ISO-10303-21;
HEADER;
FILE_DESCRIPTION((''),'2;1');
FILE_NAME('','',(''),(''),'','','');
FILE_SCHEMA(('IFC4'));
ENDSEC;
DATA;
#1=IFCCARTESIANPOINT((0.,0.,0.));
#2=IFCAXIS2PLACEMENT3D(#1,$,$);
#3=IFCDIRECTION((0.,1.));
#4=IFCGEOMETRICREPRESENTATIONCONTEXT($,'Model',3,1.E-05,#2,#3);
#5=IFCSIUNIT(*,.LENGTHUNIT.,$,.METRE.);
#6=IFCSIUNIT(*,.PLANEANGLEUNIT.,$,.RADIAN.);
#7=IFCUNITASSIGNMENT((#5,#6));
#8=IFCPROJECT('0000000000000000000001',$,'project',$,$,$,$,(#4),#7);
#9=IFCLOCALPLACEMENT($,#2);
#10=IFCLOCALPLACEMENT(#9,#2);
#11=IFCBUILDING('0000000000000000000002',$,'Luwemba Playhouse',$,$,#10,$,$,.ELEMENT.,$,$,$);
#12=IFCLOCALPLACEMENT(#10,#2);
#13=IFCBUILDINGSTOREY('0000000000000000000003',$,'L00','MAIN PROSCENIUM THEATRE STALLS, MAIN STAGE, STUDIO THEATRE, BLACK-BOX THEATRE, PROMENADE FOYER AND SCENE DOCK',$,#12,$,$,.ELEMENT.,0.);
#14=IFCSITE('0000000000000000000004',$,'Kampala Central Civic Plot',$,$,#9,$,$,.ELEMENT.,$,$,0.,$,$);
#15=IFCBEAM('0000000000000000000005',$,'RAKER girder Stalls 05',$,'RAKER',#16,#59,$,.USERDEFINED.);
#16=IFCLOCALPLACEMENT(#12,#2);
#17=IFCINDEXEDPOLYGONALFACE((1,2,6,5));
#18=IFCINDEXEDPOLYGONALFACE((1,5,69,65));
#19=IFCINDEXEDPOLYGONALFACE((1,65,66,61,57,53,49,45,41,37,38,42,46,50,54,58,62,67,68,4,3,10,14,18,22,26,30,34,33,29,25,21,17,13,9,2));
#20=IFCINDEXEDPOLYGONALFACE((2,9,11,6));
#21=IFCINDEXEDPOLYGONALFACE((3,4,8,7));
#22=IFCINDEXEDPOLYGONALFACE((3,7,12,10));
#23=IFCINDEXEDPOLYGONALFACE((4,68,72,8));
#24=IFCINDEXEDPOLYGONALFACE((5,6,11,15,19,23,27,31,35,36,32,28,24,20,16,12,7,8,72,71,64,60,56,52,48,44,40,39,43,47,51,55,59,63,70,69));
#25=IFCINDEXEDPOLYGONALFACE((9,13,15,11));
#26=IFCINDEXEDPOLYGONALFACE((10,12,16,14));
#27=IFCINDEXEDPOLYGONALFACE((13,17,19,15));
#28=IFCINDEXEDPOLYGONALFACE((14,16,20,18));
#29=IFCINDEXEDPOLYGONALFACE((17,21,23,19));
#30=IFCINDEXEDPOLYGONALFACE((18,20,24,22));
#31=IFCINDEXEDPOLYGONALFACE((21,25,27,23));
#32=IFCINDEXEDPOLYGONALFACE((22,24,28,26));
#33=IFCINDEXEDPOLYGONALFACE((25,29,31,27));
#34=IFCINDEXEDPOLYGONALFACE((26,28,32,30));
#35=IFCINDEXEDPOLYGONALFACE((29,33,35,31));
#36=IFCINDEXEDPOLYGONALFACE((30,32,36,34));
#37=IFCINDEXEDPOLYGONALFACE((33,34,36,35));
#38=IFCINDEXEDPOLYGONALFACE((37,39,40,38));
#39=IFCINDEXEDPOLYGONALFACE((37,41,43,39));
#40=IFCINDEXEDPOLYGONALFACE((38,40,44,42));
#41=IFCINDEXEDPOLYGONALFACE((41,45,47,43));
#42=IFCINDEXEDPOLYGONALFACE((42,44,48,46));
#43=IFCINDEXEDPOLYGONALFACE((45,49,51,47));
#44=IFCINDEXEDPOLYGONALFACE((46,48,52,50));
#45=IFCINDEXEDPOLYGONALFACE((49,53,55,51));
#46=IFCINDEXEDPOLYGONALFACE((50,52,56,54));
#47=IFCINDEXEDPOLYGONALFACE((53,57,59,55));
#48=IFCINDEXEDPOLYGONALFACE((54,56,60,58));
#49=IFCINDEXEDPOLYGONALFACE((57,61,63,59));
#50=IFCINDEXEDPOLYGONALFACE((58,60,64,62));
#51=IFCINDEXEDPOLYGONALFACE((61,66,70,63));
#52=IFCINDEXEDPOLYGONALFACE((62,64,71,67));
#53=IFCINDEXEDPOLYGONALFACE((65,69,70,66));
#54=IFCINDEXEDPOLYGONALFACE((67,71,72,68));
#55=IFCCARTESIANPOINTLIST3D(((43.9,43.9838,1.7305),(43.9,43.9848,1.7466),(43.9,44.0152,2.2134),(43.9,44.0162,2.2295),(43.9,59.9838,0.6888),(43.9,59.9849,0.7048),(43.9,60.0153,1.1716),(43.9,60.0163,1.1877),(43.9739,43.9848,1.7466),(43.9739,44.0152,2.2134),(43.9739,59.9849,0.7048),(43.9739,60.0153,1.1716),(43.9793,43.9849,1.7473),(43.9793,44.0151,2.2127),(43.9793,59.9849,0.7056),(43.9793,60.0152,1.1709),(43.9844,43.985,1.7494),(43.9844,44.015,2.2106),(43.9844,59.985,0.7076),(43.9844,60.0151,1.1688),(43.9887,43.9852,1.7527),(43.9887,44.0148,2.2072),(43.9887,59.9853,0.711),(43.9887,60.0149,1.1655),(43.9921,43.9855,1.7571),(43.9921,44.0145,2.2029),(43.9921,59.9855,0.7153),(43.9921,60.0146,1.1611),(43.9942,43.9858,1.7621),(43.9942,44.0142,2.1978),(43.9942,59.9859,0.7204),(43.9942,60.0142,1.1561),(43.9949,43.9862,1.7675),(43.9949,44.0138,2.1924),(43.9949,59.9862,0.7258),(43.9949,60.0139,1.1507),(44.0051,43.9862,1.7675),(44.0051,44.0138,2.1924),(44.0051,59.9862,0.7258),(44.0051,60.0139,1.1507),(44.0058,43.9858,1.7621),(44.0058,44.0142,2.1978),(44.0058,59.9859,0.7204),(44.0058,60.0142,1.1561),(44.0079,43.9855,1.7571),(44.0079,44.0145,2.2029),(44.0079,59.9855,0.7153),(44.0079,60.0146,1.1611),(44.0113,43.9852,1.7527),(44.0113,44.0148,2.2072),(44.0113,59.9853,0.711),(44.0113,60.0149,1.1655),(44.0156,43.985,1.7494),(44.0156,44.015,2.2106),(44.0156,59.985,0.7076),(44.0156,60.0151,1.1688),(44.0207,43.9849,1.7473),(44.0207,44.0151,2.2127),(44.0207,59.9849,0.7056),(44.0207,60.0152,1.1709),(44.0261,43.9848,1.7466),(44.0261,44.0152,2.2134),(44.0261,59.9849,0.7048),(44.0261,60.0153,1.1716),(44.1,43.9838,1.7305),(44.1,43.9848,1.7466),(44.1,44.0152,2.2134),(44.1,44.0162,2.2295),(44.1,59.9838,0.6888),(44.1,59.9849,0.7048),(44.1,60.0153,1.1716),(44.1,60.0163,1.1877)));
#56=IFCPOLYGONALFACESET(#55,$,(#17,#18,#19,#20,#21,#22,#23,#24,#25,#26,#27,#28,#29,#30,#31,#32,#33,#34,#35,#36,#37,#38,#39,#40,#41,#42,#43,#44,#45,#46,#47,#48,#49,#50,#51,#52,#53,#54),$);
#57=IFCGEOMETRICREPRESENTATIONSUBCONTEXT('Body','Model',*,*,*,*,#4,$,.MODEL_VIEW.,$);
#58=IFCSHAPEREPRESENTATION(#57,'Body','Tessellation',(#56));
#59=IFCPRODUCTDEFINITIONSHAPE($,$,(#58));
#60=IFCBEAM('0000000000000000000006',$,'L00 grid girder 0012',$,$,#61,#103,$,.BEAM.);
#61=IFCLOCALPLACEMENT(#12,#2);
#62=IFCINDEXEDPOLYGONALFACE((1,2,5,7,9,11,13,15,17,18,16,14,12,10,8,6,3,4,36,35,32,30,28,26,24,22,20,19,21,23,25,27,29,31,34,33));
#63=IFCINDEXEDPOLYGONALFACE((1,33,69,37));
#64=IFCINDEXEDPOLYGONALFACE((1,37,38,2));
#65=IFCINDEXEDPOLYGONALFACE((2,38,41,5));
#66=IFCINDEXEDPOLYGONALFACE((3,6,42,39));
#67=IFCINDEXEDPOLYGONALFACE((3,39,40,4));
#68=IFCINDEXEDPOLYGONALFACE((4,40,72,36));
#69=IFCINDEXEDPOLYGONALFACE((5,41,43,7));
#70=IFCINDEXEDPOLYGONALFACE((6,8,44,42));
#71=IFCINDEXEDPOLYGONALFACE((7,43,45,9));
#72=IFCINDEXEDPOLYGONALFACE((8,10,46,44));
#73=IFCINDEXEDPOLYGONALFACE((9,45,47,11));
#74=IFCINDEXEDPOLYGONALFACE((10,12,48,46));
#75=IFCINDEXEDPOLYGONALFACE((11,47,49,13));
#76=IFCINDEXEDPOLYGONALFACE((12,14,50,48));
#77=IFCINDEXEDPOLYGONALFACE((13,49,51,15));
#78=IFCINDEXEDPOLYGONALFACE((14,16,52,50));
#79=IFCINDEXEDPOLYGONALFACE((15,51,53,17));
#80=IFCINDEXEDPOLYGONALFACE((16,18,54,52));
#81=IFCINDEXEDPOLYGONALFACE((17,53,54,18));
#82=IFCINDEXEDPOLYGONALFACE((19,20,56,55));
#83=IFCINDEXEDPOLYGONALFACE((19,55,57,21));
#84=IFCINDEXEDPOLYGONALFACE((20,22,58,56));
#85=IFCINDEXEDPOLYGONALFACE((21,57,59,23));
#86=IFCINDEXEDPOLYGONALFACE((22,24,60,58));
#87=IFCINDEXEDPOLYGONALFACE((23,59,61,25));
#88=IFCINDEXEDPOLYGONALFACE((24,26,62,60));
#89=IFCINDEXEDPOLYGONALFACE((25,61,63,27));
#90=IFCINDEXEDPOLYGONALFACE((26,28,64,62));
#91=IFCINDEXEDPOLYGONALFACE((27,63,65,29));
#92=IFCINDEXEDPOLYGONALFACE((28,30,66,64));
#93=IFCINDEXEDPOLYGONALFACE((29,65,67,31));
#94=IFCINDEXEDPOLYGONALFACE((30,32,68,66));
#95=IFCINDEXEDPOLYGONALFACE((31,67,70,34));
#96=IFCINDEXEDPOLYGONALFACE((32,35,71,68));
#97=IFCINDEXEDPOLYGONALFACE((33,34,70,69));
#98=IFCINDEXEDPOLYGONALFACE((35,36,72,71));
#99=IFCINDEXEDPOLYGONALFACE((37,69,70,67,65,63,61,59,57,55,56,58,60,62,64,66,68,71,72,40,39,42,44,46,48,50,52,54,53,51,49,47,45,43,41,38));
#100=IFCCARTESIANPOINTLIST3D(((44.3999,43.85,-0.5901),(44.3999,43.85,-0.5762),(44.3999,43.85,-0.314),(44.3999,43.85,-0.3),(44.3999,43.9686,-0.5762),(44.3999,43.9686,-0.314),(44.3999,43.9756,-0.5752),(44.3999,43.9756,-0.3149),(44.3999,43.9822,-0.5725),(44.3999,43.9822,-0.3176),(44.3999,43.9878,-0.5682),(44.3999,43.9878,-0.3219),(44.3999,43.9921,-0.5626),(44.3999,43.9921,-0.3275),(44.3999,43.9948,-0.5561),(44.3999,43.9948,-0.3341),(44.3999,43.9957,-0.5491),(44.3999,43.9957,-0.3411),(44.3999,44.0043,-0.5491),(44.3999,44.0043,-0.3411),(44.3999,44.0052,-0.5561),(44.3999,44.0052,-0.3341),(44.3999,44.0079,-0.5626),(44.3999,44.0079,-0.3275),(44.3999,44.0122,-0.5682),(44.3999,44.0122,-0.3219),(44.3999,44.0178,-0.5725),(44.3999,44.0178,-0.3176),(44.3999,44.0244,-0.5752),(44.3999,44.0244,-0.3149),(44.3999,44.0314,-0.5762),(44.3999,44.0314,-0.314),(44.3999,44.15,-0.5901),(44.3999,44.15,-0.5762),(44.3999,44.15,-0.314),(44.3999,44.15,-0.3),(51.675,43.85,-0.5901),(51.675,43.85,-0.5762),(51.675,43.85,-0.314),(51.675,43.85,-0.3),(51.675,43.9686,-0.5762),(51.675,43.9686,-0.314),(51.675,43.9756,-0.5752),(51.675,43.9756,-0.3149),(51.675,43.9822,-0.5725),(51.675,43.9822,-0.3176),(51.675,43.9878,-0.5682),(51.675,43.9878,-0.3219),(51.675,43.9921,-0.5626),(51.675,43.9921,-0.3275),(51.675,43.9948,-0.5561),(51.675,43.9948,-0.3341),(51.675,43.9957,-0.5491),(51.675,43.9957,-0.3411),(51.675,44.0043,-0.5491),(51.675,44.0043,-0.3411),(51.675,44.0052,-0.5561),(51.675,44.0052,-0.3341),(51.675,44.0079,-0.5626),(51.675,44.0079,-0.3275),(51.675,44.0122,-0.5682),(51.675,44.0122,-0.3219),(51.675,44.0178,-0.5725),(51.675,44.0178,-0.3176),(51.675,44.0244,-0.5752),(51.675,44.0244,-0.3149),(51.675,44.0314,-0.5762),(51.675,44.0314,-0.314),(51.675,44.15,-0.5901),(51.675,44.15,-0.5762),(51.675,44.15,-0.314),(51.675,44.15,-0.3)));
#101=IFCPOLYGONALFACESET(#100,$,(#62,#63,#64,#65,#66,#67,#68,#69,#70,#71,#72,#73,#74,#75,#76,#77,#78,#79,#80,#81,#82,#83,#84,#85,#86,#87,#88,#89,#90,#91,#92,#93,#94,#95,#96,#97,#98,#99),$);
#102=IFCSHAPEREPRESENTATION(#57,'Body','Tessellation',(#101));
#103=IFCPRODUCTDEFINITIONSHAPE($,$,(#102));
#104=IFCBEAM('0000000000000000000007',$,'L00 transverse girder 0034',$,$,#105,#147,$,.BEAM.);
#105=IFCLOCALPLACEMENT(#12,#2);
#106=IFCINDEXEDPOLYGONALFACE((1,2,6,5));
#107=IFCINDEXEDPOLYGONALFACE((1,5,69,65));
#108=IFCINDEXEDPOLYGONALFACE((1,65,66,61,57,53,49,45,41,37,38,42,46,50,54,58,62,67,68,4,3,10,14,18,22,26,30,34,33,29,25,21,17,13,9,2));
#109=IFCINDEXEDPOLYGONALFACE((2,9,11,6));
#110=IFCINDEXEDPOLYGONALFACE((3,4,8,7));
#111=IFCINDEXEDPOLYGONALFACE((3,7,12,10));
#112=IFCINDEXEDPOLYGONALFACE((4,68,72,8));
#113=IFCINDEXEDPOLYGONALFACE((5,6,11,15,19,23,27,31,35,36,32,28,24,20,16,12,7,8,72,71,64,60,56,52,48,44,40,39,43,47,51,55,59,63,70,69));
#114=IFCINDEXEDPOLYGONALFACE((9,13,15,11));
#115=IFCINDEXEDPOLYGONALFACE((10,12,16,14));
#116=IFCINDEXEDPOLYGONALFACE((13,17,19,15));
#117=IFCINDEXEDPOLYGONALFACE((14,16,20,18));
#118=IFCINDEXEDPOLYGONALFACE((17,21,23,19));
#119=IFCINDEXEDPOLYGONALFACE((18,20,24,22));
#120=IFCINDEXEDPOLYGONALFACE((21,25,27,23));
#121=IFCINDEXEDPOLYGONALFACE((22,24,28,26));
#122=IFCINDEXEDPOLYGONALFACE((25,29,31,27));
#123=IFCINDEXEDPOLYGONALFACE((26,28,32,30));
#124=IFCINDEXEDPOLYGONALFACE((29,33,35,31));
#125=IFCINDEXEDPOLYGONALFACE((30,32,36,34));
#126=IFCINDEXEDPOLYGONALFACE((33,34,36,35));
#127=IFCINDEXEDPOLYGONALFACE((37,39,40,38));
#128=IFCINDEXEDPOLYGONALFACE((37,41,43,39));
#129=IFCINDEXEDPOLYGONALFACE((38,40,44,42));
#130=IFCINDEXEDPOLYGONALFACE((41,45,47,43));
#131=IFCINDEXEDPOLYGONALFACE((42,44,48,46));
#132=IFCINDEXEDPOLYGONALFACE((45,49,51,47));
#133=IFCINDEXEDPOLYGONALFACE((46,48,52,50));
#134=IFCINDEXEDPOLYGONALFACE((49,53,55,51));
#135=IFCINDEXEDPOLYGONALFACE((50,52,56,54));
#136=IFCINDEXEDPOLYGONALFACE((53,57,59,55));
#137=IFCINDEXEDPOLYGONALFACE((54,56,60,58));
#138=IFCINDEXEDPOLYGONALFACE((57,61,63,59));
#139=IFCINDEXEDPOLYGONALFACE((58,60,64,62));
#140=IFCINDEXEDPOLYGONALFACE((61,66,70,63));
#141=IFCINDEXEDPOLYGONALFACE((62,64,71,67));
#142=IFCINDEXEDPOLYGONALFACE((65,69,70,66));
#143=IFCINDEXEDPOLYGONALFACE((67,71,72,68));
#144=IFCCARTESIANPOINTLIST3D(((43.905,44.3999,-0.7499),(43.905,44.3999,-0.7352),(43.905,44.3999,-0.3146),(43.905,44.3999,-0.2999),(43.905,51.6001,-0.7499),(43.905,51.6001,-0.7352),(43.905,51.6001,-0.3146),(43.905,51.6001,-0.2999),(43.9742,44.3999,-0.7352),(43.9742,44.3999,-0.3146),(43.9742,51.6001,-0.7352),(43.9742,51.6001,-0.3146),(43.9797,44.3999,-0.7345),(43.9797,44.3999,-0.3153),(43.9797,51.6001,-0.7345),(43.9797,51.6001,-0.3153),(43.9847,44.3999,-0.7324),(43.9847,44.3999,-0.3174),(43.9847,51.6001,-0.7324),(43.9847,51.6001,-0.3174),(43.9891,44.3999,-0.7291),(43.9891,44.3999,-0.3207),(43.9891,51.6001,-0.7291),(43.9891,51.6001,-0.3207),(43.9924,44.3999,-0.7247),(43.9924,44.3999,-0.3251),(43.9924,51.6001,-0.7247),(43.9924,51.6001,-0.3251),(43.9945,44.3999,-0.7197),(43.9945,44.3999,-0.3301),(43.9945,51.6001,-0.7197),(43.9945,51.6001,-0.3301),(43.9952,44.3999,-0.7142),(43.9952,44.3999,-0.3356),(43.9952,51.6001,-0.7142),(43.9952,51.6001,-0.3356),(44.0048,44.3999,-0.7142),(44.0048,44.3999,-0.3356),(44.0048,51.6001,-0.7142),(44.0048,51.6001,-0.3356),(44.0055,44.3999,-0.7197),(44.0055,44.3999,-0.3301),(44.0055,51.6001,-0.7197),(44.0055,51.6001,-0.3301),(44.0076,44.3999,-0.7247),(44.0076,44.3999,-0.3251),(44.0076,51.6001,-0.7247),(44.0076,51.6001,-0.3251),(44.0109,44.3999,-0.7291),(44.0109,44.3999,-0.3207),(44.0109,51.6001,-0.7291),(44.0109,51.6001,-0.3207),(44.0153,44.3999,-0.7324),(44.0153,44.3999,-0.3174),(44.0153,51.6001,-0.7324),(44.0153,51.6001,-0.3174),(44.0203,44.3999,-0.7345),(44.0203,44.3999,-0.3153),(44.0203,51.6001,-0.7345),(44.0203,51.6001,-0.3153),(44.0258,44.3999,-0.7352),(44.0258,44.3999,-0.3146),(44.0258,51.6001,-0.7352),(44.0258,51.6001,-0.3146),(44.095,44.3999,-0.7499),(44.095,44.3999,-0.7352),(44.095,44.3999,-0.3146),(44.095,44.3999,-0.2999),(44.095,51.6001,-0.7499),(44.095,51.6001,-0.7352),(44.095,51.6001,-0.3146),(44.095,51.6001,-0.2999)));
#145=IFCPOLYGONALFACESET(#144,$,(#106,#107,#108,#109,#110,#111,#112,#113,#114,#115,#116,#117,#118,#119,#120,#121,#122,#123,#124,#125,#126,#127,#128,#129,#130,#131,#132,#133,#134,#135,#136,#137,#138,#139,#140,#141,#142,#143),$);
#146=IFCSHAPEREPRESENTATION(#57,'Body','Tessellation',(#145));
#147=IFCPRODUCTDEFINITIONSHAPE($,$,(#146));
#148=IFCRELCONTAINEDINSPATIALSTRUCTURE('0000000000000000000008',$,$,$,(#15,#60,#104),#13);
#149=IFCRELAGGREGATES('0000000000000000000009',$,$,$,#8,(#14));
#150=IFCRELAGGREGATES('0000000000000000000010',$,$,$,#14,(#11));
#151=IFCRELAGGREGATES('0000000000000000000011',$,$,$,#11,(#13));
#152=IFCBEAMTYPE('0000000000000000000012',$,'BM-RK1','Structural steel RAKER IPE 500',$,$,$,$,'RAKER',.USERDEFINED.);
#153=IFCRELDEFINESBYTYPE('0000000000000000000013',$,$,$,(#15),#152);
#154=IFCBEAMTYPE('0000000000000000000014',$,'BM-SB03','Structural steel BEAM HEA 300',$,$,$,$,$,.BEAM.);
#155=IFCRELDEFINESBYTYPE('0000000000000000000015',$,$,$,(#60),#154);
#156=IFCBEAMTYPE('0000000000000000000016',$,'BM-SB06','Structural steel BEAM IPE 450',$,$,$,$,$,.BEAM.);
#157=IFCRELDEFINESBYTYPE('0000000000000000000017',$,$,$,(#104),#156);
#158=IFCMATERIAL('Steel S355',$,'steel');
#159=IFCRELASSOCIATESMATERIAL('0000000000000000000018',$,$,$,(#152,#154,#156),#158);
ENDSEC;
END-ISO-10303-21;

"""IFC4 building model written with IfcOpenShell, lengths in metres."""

from ifc_helpers import new_model, si_unit, direction, frame, origin, origin_2d, place, context, subcontext, project, spatial, i_section, extrude, material, material_profile, profile_set, type_object, element, save


model = new_model("IFC4")

# Units and contexts
model_context = context("Model", 3, precision=1e-05, world=origin(), true_north=direction((0.0, 1.0)))
body_context = subcontext(model_context, "Body", "Model", "MODEL_VIEW")
ifc_project = project(units=[si_unit("LENGTHUNIT", "METRE"), si_unit("PLANEANGLEUNIT", "RADIAN")], contexts=[model_context])

# Site, building, storey
site_placement = place(None, origin())
site = spatial("IfcSite", under=ifc_project, at=site_placement, Name="Kampala Central Civic Plot", CompositionType="ELEMENT", RefElevation=0.0)
building_placement = place(site_placement, origin())
building = spatial("IfcBuilding", under=site, at=building_placement, Name="Luwemba Playhouse", CompositionType="ELEMENT")
storey_placement = place(building_placement, origin())
storey = spatial("IfcBuildingStorey", under=building, at=storey_placement, Name="L00", Description="MAIN PROSCENIUM THEATRE STALLS, MAIN STAGE, STUDIO THEATRE, BLACK-BOX THEATRE, PROMENADE FOYER AND SCENE DOCK", CompositionType="ELEMENT", Elevation=0.0)

# Beams
ifc_material_1 = material(Name="Steel S355", Category="steel")
ifc_material_profile_1 = material_profile(ifc_material_1, i_section(OverallWidth=0.2, OverallDepth=0.5, WebThickness=0.0103, FlangeThickness=0.0161, FilletRadius=0.021, at=origin_2d()))
ifc_profile_set_1 = profile_set([ifc_material_profile_1], Name="Steel S355")
beam_type_1 = type_object("IfcBeamType", Name="BM-RK1", Description="Structural steel RAKER IPE 500", ElementType="RAKER", PredefinedType="USERDEFINED", material=ifc_profile_set_1)
for number, where, z_axis, x_axis, name in (
    (1, (44.0, 44.0, 1.98), (0.0, 0.997887, -0.064972), (-1.0, 0.0, 0.0), "RAKER girder Stalls 05"),
):
    element("IfcBeam", number, at=place(storey_placement, frame(where, z_axis=z_axis, x_axis=x_axis)), inside=storey, type_object=beam_type_1, Name=name, ObjectType="RAKER", PredefinedType="USERDEFINED", context=body_context, shape_type="SweptSolid", body=[
        extrude(i_section(OverallWidth=0.2, OverallDepth=0.5, WebThickness=0.0103, FlangeThickness=0.0161, FilletRadius=0.021, at=origin_2d()), origin(), (0.0, 0.0, 1.0), 16.0339),
    ])
ifc_material_profile_2 = material_profile(ifc_material_1, i_section(OverallWidth=0.3, OverallDepth=0.29, WebThickness=0.0085, FlangeThickness=0.0139, FilletRadius=0.0271, at=origin_2d()))
ifc_profile_set_2 = profile_set([ifc_material_profile_2], Name="Steel S355")
beam_type_2 = type_object("IfcBeamType", Name="BM-SB03", Description="Structural steel BEAM HEA 300", PredefinedType="BEAM", material=ifc_profile_set_2)
beam_1_placement = place(storey_placement, frame((44.3999, 44.0, -0.4451), z_axis=(1.0, 0.0, 0.0), x_axis=(0.0, 1.0, 0.0)))
element("IfcBeam", 2, at=beam_1_placement, inside=storey, type_object=beam_type_2, Name="L00 grid girder 0012", PredefinedType="BEAM", context=body_context, shape_type="SweptSolid", body=[
    extrude(i_section(OverallWidth=0.3, OverallDepth=0.29, WebThickness=0.0085, FlangeThickness=0.0139, FilletRadius=0.0271, at=origin_2d()), origin(), (0.0, 0.0, 1.0), 7.2751),
])
ifc_material_profile_3 = material_profile(ifc_material_1, i_section(OverallWidth=0.1899, OverallDepth=0.45, WebThickness=0.0095, FlangeThickness=0.0146, FilletRadius=0.021, at=origin_2d()))
ifc_profile_set_3 = profile_set([ifc_material_profile_3], Name="Steel S355")
beam_type_3 = type_object("IfcBeamType", Name="BM-SB06", Description="Structural steel BEAM IPE 450", PredefinedType="BEAM", material=ifc_profile_set_3)
beam_2_placement = place(storey_placement, frame((44.0, 44.3999, -0.5249), z_axis=(0.0, 1.0, 0.0), x_axis=(-1.0, 0.0, 0.0)))
element("IfcBeam", 3, at=beam_2_placement, inside=storey, type_object=beam_type_3, Name="L00 transverse girder 0034", PredefinedType="BEAM", context=body_context, shape_type="SweptSolid", body=[
    extrude(i_section(OverallWidth=0.1899, OverallDepth=0.45, WebThickness=0.0095, FlangeThickness=0.0146, FilletRadius=0.021, at=origin_2d()), origin(), (0.0, 0.0, 1.0), 7.2002),
])

save(model, "model.ifc")
